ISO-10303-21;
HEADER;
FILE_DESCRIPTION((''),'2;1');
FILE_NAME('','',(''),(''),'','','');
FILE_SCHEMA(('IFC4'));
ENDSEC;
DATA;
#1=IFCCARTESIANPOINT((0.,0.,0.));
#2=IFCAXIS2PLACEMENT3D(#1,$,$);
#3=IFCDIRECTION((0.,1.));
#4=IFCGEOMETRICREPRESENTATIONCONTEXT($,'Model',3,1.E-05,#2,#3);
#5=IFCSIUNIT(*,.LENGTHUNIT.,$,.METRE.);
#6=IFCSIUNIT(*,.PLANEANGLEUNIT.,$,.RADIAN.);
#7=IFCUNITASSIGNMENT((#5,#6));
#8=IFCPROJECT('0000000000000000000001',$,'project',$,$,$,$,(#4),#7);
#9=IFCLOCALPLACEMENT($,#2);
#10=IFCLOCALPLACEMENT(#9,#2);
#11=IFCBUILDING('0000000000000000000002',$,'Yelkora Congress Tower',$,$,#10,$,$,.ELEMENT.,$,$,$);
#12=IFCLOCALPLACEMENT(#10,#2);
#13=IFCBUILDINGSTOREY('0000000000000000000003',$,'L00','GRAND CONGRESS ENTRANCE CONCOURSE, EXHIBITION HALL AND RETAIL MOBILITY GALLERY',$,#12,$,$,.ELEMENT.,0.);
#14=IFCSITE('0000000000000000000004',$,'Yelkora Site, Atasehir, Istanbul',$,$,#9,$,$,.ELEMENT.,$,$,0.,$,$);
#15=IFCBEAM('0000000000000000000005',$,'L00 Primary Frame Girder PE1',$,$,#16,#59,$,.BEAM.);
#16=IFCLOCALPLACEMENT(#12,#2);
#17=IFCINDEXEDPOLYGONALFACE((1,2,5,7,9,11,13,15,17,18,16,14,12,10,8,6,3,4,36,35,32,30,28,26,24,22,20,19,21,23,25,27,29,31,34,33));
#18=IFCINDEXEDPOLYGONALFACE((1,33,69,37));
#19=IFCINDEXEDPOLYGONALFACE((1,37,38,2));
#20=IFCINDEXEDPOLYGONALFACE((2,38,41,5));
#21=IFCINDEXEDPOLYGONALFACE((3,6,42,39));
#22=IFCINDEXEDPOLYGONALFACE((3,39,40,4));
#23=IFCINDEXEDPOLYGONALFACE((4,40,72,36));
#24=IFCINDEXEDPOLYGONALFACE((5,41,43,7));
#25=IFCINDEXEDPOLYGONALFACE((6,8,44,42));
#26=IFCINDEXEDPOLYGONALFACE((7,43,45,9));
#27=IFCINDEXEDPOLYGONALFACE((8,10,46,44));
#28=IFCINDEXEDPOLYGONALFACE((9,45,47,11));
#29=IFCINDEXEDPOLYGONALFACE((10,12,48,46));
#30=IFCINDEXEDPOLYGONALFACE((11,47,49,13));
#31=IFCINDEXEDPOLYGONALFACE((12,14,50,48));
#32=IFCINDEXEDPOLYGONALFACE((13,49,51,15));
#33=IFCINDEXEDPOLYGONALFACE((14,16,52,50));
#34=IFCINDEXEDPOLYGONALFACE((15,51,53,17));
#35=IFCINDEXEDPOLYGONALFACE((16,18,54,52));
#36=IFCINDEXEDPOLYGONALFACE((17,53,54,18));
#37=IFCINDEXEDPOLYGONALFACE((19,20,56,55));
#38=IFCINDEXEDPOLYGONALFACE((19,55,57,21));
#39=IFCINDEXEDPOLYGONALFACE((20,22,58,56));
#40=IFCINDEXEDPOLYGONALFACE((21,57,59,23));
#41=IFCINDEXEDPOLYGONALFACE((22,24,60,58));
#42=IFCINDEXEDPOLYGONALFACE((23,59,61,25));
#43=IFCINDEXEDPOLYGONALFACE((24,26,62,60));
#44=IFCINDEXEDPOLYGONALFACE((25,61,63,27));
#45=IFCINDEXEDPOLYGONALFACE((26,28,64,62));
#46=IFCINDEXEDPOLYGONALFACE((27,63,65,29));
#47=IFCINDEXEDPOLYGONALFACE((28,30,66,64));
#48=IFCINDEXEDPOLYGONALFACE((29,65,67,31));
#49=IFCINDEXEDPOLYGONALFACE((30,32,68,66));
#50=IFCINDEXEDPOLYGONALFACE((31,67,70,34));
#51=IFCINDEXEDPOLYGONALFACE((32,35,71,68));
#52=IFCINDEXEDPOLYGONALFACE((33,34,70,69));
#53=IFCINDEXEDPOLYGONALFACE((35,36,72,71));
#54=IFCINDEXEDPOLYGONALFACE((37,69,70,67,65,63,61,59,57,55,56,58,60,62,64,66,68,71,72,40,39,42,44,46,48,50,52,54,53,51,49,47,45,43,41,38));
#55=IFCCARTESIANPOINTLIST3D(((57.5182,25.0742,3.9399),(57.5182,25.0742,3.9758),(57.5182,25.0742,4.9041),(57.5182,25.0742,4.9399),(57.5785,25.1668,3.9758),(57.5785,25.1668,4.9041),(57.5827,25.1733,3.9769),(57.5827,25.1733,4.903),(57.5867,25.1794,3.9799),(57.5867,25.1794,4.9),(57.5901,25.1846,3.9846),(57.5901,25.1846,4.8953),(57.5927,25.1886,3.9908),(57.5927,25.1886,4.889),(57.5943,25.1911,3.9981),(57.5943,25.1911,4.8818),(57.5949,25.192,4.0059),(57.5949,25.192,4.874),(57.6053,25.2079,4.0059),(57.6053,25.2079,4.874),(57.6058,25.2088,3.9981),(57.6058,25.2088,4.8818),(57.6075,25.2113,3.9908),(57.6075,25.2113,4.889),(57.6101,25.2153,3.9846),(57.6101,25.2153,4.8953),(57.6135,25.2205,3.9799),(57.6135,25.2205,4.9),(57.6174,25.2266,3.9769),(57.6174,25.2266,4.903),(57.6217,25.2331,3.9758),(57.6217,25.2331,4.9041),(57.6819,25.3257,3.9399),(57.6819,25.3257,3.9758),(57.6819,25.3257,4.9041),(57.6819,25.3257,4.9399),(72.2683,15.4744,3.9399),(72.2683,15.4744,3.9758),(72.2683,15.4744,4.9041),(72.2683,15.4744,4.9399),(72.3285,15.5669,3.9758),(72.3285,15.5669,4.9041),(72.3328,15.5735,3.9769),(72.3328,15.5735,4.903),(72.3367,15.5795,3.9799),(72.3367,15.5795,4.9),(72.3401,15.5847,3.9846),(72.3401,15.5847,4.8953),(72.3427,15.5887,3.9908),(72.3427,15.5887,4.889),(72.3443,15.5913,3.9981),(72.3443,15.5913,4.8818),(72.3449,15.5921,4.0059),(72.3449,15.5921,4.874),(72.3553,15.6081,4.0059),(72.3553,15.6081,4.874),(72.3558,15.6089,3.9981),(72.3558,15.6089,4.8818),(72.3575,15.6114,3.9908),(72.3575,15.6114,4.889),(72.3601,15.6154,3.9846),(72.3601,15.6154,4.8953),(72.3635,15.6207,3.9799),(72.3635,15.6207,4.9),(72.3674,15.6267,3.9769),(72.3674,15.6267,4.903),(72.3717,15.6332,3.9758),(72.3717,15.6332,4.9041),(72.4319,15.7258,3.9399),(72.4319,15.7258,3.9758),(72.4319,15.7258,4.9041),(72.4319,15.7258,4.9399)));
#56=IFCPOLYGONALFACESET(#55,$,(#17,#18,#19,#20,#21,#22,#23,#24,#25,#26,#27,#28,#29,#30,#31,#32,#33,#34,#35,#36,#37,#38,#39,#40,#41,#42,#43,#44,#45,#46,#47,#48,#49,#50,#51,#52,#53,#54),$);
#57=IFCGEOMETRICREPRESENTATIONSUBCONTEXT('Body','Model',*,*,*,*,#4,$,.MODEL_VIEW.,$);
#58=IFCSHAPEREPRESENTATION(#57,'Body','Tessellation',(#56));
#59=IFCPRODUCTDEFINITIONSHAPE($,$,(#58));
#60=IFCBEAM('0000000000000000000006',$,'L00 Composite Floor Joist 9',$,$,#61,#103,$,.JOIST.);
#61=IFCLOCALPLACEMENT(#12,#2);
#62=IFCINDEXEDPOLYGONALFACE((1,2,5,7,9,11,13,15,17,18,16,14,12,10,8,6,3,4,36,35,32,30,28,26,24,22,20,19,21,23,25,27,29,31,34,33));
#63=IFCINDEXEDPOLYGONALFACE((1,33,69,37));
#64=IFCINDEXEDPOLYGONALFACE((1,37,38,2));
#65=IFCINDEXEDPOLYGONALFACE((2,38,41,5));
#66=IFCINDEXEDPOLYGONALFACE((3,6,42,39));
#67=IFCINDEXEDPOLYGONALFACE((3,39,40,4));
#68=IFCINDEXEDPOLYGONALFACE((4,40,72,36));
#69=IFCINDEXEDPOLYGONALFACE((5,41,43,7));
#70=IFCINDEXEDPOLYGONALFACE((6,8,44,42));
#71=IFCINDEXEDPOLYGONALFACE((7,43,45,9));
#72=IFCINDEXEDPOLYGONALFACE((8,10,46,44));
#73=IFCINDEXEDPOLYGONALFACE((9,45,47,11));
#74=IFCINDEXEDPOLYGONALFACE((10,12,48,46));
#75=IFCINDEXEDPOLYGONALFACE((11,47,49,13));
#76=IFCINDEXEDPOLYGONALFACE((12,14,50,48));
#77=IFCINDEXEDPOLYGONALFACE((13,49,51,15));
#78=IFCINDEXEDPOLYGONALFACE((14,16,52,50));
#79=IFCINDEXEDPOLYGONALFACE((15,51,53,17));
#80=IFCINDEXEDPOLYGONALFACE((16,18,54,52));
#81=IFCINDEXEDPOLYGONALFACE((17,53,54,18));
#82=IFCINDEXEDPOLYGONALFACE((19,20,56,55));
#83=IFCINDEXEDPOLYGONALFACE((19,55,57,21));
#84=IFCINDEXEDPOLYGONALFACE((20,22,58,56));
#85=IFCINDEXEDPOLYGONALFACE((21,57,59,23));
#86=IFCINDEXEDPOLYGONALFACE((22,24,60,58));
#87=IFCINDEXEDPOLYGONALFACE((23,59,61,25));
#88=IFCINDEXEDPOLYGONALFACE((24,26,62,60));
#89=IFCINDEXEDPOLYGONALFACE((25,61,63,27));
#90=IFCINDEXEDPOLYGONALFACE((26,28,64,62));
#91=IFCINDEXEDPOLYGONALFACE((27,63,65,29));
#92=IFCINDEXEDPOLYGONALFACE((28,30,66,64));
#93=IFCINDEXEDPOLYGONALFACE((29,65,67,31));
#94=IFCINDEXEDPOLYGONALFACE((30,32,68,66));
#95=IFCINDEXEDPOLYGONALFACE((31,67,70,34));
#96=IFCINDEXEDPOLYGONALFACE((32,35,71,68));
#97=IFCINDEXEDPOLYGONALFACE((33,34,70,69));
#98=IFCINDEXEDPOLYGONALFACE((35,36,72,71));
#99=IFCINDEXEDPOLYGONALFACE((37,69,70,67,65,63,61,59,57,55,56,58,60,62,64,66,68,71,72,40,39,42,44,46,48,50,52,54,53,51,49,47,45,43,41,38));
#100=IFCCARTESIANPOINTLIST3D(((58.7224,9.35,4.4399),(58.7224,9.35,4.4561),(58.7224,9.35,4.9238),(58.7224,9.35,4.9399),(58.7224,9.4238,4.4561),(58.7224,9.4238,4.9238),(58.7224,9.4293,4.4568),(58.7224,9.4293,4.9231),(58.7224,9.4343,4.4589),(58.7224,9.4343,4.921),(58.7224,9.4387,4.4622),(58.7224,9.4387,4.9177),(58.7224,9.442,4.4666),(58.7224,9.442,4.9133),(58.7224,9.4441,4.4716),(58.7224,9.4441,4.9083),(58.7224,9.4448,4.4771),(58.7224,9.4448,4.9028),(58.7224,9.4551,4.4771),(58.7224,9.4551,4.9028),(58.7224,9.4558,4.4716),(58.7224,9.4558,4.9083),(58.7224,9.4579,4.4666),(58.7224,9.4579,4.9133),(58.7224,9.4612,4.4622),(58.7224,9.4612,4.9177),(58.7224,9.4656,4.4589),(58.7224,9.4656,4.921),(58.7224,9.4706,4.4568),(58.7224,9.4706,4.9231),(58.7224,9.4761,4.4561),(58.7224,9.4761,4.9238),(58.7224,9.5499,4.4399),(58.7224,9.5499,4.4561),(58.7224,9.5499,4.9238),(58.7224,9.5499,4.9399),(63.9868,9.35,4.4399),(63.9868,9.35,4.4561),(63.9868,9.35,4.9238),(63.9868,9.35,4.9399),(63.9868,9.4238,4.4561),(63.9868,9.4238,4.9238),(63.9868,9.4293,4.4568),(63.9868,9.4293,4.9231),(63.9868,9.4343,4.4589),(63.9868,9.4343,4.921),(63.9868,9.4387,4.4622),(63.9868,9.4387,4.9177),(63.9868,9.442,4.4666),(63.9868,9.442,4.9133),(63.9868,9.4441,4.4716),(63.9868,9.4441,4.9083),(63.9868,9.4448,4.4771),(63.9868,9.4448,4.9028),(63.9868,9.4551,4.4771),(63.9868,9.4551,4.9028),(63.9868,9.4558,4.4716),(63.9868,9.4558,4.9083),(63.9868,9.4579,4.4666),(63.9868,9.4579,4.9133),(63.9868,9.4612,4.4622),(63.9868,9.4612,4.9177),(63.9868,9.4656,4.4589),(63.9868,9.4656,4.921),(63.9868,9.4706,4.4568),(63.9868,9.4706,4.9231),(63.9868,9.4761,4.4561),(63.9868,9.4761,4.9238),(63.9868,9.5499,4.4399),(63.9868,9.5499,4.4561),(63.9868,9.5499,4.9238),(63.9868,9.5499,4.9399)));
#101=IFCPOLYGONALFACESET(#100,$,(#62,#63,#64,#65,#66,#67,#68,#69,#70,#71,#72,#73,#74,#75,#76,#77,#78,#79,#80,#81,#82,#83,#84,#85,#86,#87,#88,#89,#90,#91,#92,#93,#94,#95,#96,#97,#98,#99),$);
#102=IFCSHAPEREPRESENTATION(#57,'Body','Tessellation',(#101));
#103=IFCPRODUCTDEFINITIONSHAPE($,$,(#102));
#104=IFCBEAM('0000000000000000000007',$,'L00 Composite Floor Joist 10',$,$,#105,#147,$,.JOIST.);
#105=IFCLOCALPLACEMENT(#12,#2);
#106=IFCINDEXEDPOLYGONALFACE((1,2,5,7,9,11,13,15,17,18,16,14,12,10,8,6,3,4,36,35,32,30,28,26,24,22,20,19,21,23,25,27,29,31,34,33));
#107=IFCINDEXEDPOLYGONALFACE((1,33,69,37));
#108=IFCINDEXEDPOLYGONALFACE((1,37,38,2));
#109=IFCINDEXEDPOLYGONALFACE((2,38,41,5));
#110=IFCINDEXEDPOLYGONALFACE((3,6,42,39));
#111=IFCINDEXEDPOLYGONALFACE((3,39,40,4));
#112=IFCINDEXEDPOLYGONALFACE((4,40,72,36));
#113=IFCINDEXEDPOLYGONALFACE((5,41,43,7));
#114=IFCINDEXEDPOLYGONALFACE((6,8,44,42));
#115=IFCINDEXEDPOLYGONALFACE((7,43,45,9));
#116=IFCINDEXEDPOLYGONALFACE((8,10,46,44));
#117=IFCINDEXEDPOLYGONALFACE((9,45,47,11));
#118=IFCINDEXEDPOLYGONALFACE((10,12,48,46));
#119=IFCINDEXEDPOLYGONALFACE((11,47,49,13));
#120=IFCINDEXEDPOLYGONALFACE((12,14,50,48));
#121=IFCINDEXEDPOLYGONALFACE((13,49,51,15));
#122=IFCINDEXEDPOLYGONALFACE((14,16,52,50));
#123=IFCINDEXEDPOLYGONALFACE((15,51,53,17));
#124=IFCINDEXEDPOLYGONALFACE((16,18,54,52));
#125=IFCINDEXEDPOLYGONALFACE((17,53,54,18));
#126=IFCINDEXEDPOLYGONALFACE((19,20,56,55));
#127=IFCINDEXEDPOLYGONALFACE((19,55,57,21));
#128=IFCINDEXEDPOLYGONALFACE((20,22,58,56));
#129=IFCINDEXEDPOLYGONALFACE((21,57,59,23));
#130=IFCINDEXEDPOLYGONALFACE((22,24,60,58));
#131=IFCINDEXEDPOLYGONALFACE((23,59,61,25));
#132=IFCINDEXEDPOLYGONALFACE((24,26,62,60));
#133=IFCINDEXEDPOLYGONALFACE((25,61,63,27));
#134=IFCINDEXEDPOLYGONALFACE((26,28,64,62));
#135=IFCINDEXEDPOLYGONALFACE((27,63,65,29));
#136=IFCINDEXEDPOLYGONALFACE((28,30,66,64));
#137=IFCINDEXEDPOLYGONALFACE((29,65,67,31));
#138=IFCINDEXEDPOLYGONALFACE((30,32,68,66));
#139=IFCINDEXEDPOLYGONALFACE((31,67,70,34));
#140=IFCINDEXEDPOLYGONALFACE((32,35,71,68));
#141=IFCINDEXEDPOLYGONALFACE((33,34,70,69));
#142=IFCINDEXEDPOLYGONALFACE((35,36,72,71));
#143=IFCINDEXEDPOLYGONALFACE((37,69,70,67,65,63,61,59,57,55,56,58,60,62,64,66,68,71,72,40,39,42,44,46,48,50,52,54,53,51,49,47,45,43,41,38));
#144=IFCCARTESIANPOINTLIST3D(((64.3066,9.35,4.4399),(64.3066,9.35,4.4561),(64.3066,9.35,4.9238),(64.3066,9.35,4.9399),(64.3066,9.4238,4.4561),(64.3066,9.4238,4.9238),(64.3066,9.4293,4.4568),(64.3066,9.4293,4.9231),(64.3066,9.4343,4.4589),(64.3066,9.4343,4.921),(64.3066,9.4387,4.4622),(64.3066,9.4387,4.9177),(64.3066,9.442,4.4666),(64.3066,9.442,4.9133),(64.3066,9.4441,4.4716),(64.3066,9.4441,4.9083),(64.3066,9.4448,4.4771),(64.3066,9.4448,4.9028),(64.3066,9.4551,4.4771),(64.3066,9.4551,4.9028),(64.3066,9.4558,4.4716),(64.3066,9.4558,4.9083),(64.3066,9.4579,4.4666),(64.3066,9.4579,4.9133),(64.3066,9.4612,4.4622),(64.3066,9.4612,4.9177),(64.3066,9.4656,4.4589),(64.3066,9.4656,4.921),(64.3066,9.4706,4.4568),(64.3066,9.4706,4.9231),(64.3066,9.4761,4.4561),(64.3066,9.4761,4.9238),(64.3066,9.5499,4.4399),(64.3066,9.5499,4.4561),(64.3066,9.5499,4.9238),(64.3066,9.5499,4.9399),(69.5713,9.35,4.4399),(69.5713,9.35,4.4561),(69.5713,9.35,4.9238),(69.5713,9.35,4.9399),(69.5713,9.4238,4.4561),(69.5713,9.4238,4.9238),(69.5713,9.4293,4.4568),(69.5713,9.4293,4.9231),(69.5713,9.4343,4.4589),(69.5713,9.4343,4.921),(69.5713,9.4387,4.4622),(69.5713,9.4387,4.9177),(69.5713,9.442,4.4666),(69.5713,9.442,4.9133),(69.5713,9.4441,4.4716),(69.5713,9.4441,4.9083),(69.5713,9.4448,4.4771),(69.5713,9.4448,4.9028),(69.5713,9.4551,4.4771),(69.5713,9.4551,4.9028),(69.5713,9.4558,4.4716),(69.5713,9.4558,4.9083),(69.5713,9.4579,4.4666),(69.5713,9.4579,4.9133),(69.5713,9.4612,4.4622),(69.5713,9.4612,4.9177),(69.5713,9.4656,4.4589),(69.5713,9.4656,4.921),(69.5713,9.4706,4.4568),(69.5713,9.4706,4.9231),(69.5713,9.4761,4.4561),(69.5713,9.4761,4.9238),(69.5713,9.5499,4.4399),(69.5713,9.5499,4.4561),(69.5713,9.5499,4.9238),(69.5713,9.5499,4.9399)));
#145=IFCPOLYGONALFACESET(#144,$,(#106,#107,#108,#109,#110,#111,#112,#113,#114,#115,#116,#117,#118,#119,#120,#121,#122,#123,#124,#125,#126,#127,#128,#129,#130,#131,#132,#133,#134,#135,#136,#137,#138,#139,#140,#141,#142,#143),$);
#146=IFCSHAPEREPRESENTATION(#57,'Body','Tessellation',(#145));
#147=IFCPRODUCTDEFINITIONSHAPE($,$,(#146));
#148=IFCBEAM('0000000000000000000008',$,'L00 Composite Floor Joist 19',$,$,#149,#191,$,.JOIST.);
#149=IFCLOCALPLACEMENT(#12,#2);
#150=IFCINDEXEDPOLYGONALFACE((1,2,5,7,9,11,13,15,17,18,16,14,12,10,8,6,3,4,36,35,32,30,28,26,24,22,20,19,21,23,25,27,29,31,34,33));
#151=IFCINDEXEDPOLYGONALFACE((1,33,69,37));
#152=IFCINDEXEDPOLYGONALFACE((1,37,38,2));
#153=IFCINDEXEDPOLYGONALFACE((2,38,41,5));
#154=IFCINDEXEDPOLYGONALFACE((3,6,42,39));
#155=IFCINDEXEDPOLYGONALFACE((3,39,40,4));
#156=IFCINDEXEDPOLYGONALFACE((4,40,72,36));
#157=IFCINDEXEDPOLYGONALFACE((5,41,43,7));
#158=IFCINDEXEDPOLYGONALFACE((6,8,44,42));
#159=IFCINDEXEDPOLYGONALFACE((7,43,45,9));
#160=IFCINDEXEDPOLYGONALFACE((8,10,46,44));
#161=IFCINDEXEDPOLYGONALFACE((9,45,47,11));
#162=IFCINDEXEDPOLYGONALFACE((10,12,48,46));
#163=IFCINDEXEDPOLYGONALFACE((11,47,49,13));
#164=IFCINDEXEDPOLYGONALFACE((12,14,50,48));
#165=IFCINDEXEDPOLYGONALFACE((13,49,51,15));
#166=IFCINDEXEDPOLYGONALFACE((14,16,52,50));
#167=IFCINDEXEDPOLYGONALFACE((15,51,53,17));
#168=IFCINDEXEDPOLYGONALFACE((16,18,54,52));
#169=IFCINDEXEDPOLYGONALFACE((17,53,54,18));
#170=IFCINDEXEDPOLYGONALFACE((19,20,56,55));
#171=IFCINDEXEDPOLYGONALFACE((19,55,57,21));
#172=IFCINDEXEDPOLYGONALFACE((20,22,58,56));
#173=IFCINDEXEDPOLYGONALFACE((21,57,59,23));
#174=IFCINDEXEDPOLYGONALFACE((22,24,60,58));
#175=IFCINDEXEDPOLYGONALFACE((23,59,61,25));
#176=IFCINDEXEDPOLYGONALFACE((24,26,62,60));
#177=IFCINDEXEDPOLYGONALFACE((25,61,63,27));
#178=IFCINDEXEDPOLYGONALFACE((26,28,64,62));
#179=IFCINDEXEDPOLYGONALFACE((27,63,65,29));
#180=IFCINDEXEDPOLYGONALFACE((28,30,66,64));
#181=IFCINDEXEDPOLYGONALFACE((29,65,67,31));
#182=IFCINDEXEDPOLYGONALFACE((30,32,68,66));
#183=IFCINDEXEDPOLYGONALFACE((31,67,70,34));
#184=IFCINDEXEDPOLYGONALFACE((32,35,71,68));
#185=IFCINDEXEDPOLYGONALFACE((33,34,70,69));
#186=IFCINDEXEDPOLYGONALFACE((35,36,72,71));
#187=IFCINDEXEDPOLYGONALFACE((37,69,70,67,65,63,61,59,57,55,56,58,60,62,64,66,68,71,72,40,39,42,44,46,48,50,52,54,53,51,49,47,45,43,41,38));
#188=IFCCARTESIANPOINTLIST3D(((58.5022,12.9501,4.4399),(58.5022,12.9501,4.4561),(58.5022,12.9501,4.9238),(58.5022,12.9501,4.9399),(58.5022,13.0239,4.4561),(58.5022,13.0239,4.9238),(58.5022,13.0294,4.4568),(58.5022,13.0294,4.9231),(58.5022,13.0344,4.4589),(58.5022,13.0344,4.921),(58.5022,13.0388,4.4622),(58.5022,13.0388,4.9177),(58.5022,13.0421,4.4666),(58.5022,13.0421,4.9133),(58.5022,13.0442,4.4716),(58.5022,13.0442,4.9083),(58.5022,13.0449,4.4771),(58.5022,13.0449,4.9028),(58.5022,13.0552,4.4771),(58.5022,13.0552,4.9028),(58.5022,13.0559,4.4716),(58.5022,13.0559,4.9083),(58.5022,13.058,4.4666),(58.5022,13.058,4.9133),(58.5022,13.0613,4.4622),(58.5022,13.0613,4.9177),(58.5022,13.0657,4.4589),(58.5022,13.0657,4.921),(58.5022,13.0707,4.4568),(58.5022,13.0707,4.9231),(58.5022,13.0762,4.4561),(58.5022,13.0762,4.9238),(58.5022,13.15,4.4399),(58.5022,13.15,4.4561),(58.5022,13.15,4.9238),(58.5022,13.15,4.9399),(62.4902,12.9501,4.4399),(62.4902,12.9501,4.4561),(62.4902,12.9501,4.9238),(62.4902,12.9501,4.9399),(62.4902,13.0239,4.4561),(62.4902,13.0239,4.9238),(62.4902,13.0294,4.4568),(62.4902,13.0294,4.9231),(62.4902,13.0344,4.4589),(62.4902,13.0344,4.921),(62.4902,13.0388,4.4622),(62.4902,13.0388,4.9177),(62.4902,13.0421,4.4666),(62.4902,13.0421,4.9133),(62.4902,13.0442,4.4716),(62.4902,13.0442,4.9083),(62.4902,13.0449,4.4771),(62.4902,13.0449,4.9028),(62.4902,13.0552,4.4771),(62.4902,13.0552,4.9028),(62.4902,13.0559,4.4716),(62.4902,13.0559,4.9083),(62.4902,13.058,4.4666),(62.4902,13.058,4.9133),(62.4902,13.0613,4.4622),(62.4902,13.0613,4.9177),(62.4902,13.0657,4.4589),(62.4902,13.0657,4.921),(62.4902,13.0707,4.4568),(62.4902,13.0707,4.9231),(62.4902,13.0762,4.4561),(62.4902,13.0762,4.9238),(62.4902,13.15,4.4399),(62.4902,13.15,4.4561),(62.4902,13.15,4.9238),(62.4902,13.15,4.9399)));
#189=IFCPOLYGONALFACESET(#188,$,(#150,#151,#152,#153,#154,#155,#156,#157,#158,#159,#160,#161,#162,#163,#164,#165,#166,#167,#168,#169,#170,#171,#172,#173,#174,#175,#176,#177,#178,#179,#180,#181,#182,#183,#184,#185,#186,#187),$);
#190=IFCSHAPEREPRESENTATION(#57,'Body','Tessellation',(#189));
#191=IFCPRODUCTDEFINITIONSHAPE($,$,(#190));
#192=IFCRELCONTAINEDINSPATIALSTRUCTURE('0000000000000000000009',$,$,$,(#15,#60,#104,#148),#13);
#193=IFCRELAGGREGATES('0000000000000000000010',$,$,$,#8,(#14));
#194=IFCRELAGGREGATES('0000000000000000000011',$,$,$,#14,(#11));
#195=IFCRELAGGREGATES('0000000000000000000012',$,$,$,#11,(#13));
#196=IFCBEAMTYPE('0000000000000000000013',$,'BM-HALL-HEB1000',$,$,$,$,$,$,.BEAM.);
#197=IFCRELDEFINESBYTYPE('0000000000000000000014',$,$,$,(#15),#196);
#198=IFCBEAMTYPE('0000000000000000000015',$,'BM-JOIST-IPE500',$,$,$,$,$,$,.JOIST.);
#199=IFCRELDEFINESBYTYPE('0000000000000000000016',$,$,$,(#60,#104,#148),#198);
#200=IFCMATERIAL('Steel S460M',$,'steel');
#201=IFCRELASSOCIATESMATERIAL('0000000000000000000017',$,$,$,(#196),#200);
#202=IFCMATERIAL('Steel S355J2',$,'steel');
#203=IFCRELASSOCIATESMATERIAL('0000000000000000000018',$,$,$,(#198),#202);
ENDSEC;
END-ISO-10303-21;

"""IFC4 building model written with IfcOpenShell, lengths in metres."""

from ifc_helpers import new_model, si_unit, direction, frame, origin, origin_2d, place, context, subcontext, project, spatial, i_section, extrude, material, material_profile, profile_set, type_object, element, save


model = new_model("IFC4")

# Units and contexts
model_context = context("Model", 3, precision=1e-05, world=origin(), true_north=direction((0.0, 1.0)))
body_context = subcontext(model_context, "Body", "Model", "MODEL_VIEW")
ifc_project = project(units=[si_unit("LENGTHUNIT", "METRE"), si_unit("PLANEANGLEUNIT", "RADIAN")], contexts=[model_context])

# Site, building, storey
site_placement = place(None, origin())
site = spatial("IfcSite", under=ifc_project, at=site_placement, Name="Yelkora Site, Atasehir, Istanbul", CompositionType="ELEMENT", RefElevation=0.0)
building_placement = place(site_placement, origin())
building = spatial("IfcBuilding", under=site, at=building_placement, Name="Yelkora Congress Tower", CompositionType="ELEMENT")
storey_placement = place(building_placement, origin())
storey = spatial("IfcBuildingStorey", under=building, at=storey_placement, Name="L00", Description="GRAND CONGRESS ENTRANCE CONCOURSE, EXHIBITION HALL AND RETAIL MOBILITY GALLERY", CompositionType="ELEMENT", Elevation=0.0)

# Beams
ifc_material_1 = material(Name="Steel S460M", Category="steel")
ifc_material_profile_1 = material_profile(ifc_material_1, i_section(OverallWidth=0.3, OverallDepth=1.0, WebThickness=0.019, FlangeThickness=0.0359, FilletRadius=0.03, at=origin_2d()), Name="HEB 1000")
ifc_profile_set_1 = profile_set([ifc_material_profile_1], Name="Steel S460M")
beam_type_1 = type_object("IfcBeamType", Name="BM-HALL-HEB1000", PredefinedType="BEAM", material=ifc_profile_set_1)
beam_1_placement = place(storey_placement, frame((72.3501, 15.6001, 4.4399), z_axis=(-0.838123, 0.545482, 0.0), x_axis=(-0.545482, -0.838123, 0.0)))
element("IfcBeam", 1, at=beam_1_placement, inside=storey, type_object=beam_type_1, Name="L00 Primary Frame Girder PE1", PredefinedType="BEAM", context=body_context, shape_type="SweptSolid", body=[
    extrude(i_section(OverallWidth=0.3, OverallDepth=1.0, WebThickness=0.019, FlangeThickness=0.0359, FilletRadius=0.03, at=origin_2d()), origin(), (0.0, 0.0, 1.0), 17.5989),
])
ifc_material_2 = material(Name="Steel S355J2", Category="steel")
ifc_material_profile_2 = material_profile(ifc_material_2, i_section(OverallWidth=0.2, OverallDepth=0.5, WebThickness=0.0103, FlangeThickness=0.0161, FilletRadius=0.021, at=origin_2d()), Name="IPE 500")
ifc_profile_set_2 = profile_set([ifc_material_profile_2], Name="Steel S355J2")
beam_type_2 = type_object("IfcBeamType", Name="BM-JOIST-IPE500", PredefinedType="JOIST", material=ifc_profile_set_2)
beam_2_placement = place(storey_placement, frame((58.7224, 9.45, 4.6899), z_axis=(1.0, 0.0, 0.0), x_axis=(0.0, 1.0, 0.0)))
element("IfcBeam", 2, at=beam_2_placement, inside=storey, type_object=beam_type_2, Name="L00 Composite Floor Joist 9", PredefinedType="JOIST", context=body_context, shape_type="SweptSolid", body=[
    extrude(i_section(OverallWidth=0.2, OverallDepth=0.5, WebThickness=0.0103, FlangeThickness=0.0161, FilletRadius=0.021, at=origin_2d()), origin(), (0.0, 0.0, 1.0), 5.2644),
])
beam_3_placement = place(storey_placement, frame((64.3066, 9.45, 4.6899), z_axis=(1.0, 0.0, 0.0), x_axis=(0.0, 1.0, 0.0)))
element("IfcBeam", 3, at=beam_3_placement, inside=storey, type_object=beam_type_2, Name="L00 Composite Floor Joist 10", PredefinedType="JOIST", context=body_context, shape_type="SweptSolid", body=[
    extrude(i_section(OverallWidth=0.2, OverallDepth=0.5, WebThickness=0.0103, FlangeThickness=0.0161, FilletRadius=0.021, at=origin_2d()), origin(), (0.0, 0.0, 1.0), 5.2646),
])
for number, where, z_axis, x_axis, name in (
    (4, (58.5022, 13.05, 4.6899), (1.0, 0.0, 0.0), (0.0, 1.0, 0.0), "L00 Composite Floor Joist 19"),
):
    element("IfcBeam", number, at=place(storey_placement, frame(where, z_axis=z_axis, x_axis=x_axis)), inside=storey, type_object=beam_type_2, Name=name, PredefinedType="JOIST", context=body_context, shape_type="SweptSolid", body=[
        extrude(i_section(OverallWidth=0.2, OverallDepth=0.5, WebThickness=0.0103, FlangeThickness=0.0161, FilletRadius=0.021, at=origin_2d()), origin(), (0.0, 0.0, 1.0), 3.988),
    ])

save(model, "model.ifc")
